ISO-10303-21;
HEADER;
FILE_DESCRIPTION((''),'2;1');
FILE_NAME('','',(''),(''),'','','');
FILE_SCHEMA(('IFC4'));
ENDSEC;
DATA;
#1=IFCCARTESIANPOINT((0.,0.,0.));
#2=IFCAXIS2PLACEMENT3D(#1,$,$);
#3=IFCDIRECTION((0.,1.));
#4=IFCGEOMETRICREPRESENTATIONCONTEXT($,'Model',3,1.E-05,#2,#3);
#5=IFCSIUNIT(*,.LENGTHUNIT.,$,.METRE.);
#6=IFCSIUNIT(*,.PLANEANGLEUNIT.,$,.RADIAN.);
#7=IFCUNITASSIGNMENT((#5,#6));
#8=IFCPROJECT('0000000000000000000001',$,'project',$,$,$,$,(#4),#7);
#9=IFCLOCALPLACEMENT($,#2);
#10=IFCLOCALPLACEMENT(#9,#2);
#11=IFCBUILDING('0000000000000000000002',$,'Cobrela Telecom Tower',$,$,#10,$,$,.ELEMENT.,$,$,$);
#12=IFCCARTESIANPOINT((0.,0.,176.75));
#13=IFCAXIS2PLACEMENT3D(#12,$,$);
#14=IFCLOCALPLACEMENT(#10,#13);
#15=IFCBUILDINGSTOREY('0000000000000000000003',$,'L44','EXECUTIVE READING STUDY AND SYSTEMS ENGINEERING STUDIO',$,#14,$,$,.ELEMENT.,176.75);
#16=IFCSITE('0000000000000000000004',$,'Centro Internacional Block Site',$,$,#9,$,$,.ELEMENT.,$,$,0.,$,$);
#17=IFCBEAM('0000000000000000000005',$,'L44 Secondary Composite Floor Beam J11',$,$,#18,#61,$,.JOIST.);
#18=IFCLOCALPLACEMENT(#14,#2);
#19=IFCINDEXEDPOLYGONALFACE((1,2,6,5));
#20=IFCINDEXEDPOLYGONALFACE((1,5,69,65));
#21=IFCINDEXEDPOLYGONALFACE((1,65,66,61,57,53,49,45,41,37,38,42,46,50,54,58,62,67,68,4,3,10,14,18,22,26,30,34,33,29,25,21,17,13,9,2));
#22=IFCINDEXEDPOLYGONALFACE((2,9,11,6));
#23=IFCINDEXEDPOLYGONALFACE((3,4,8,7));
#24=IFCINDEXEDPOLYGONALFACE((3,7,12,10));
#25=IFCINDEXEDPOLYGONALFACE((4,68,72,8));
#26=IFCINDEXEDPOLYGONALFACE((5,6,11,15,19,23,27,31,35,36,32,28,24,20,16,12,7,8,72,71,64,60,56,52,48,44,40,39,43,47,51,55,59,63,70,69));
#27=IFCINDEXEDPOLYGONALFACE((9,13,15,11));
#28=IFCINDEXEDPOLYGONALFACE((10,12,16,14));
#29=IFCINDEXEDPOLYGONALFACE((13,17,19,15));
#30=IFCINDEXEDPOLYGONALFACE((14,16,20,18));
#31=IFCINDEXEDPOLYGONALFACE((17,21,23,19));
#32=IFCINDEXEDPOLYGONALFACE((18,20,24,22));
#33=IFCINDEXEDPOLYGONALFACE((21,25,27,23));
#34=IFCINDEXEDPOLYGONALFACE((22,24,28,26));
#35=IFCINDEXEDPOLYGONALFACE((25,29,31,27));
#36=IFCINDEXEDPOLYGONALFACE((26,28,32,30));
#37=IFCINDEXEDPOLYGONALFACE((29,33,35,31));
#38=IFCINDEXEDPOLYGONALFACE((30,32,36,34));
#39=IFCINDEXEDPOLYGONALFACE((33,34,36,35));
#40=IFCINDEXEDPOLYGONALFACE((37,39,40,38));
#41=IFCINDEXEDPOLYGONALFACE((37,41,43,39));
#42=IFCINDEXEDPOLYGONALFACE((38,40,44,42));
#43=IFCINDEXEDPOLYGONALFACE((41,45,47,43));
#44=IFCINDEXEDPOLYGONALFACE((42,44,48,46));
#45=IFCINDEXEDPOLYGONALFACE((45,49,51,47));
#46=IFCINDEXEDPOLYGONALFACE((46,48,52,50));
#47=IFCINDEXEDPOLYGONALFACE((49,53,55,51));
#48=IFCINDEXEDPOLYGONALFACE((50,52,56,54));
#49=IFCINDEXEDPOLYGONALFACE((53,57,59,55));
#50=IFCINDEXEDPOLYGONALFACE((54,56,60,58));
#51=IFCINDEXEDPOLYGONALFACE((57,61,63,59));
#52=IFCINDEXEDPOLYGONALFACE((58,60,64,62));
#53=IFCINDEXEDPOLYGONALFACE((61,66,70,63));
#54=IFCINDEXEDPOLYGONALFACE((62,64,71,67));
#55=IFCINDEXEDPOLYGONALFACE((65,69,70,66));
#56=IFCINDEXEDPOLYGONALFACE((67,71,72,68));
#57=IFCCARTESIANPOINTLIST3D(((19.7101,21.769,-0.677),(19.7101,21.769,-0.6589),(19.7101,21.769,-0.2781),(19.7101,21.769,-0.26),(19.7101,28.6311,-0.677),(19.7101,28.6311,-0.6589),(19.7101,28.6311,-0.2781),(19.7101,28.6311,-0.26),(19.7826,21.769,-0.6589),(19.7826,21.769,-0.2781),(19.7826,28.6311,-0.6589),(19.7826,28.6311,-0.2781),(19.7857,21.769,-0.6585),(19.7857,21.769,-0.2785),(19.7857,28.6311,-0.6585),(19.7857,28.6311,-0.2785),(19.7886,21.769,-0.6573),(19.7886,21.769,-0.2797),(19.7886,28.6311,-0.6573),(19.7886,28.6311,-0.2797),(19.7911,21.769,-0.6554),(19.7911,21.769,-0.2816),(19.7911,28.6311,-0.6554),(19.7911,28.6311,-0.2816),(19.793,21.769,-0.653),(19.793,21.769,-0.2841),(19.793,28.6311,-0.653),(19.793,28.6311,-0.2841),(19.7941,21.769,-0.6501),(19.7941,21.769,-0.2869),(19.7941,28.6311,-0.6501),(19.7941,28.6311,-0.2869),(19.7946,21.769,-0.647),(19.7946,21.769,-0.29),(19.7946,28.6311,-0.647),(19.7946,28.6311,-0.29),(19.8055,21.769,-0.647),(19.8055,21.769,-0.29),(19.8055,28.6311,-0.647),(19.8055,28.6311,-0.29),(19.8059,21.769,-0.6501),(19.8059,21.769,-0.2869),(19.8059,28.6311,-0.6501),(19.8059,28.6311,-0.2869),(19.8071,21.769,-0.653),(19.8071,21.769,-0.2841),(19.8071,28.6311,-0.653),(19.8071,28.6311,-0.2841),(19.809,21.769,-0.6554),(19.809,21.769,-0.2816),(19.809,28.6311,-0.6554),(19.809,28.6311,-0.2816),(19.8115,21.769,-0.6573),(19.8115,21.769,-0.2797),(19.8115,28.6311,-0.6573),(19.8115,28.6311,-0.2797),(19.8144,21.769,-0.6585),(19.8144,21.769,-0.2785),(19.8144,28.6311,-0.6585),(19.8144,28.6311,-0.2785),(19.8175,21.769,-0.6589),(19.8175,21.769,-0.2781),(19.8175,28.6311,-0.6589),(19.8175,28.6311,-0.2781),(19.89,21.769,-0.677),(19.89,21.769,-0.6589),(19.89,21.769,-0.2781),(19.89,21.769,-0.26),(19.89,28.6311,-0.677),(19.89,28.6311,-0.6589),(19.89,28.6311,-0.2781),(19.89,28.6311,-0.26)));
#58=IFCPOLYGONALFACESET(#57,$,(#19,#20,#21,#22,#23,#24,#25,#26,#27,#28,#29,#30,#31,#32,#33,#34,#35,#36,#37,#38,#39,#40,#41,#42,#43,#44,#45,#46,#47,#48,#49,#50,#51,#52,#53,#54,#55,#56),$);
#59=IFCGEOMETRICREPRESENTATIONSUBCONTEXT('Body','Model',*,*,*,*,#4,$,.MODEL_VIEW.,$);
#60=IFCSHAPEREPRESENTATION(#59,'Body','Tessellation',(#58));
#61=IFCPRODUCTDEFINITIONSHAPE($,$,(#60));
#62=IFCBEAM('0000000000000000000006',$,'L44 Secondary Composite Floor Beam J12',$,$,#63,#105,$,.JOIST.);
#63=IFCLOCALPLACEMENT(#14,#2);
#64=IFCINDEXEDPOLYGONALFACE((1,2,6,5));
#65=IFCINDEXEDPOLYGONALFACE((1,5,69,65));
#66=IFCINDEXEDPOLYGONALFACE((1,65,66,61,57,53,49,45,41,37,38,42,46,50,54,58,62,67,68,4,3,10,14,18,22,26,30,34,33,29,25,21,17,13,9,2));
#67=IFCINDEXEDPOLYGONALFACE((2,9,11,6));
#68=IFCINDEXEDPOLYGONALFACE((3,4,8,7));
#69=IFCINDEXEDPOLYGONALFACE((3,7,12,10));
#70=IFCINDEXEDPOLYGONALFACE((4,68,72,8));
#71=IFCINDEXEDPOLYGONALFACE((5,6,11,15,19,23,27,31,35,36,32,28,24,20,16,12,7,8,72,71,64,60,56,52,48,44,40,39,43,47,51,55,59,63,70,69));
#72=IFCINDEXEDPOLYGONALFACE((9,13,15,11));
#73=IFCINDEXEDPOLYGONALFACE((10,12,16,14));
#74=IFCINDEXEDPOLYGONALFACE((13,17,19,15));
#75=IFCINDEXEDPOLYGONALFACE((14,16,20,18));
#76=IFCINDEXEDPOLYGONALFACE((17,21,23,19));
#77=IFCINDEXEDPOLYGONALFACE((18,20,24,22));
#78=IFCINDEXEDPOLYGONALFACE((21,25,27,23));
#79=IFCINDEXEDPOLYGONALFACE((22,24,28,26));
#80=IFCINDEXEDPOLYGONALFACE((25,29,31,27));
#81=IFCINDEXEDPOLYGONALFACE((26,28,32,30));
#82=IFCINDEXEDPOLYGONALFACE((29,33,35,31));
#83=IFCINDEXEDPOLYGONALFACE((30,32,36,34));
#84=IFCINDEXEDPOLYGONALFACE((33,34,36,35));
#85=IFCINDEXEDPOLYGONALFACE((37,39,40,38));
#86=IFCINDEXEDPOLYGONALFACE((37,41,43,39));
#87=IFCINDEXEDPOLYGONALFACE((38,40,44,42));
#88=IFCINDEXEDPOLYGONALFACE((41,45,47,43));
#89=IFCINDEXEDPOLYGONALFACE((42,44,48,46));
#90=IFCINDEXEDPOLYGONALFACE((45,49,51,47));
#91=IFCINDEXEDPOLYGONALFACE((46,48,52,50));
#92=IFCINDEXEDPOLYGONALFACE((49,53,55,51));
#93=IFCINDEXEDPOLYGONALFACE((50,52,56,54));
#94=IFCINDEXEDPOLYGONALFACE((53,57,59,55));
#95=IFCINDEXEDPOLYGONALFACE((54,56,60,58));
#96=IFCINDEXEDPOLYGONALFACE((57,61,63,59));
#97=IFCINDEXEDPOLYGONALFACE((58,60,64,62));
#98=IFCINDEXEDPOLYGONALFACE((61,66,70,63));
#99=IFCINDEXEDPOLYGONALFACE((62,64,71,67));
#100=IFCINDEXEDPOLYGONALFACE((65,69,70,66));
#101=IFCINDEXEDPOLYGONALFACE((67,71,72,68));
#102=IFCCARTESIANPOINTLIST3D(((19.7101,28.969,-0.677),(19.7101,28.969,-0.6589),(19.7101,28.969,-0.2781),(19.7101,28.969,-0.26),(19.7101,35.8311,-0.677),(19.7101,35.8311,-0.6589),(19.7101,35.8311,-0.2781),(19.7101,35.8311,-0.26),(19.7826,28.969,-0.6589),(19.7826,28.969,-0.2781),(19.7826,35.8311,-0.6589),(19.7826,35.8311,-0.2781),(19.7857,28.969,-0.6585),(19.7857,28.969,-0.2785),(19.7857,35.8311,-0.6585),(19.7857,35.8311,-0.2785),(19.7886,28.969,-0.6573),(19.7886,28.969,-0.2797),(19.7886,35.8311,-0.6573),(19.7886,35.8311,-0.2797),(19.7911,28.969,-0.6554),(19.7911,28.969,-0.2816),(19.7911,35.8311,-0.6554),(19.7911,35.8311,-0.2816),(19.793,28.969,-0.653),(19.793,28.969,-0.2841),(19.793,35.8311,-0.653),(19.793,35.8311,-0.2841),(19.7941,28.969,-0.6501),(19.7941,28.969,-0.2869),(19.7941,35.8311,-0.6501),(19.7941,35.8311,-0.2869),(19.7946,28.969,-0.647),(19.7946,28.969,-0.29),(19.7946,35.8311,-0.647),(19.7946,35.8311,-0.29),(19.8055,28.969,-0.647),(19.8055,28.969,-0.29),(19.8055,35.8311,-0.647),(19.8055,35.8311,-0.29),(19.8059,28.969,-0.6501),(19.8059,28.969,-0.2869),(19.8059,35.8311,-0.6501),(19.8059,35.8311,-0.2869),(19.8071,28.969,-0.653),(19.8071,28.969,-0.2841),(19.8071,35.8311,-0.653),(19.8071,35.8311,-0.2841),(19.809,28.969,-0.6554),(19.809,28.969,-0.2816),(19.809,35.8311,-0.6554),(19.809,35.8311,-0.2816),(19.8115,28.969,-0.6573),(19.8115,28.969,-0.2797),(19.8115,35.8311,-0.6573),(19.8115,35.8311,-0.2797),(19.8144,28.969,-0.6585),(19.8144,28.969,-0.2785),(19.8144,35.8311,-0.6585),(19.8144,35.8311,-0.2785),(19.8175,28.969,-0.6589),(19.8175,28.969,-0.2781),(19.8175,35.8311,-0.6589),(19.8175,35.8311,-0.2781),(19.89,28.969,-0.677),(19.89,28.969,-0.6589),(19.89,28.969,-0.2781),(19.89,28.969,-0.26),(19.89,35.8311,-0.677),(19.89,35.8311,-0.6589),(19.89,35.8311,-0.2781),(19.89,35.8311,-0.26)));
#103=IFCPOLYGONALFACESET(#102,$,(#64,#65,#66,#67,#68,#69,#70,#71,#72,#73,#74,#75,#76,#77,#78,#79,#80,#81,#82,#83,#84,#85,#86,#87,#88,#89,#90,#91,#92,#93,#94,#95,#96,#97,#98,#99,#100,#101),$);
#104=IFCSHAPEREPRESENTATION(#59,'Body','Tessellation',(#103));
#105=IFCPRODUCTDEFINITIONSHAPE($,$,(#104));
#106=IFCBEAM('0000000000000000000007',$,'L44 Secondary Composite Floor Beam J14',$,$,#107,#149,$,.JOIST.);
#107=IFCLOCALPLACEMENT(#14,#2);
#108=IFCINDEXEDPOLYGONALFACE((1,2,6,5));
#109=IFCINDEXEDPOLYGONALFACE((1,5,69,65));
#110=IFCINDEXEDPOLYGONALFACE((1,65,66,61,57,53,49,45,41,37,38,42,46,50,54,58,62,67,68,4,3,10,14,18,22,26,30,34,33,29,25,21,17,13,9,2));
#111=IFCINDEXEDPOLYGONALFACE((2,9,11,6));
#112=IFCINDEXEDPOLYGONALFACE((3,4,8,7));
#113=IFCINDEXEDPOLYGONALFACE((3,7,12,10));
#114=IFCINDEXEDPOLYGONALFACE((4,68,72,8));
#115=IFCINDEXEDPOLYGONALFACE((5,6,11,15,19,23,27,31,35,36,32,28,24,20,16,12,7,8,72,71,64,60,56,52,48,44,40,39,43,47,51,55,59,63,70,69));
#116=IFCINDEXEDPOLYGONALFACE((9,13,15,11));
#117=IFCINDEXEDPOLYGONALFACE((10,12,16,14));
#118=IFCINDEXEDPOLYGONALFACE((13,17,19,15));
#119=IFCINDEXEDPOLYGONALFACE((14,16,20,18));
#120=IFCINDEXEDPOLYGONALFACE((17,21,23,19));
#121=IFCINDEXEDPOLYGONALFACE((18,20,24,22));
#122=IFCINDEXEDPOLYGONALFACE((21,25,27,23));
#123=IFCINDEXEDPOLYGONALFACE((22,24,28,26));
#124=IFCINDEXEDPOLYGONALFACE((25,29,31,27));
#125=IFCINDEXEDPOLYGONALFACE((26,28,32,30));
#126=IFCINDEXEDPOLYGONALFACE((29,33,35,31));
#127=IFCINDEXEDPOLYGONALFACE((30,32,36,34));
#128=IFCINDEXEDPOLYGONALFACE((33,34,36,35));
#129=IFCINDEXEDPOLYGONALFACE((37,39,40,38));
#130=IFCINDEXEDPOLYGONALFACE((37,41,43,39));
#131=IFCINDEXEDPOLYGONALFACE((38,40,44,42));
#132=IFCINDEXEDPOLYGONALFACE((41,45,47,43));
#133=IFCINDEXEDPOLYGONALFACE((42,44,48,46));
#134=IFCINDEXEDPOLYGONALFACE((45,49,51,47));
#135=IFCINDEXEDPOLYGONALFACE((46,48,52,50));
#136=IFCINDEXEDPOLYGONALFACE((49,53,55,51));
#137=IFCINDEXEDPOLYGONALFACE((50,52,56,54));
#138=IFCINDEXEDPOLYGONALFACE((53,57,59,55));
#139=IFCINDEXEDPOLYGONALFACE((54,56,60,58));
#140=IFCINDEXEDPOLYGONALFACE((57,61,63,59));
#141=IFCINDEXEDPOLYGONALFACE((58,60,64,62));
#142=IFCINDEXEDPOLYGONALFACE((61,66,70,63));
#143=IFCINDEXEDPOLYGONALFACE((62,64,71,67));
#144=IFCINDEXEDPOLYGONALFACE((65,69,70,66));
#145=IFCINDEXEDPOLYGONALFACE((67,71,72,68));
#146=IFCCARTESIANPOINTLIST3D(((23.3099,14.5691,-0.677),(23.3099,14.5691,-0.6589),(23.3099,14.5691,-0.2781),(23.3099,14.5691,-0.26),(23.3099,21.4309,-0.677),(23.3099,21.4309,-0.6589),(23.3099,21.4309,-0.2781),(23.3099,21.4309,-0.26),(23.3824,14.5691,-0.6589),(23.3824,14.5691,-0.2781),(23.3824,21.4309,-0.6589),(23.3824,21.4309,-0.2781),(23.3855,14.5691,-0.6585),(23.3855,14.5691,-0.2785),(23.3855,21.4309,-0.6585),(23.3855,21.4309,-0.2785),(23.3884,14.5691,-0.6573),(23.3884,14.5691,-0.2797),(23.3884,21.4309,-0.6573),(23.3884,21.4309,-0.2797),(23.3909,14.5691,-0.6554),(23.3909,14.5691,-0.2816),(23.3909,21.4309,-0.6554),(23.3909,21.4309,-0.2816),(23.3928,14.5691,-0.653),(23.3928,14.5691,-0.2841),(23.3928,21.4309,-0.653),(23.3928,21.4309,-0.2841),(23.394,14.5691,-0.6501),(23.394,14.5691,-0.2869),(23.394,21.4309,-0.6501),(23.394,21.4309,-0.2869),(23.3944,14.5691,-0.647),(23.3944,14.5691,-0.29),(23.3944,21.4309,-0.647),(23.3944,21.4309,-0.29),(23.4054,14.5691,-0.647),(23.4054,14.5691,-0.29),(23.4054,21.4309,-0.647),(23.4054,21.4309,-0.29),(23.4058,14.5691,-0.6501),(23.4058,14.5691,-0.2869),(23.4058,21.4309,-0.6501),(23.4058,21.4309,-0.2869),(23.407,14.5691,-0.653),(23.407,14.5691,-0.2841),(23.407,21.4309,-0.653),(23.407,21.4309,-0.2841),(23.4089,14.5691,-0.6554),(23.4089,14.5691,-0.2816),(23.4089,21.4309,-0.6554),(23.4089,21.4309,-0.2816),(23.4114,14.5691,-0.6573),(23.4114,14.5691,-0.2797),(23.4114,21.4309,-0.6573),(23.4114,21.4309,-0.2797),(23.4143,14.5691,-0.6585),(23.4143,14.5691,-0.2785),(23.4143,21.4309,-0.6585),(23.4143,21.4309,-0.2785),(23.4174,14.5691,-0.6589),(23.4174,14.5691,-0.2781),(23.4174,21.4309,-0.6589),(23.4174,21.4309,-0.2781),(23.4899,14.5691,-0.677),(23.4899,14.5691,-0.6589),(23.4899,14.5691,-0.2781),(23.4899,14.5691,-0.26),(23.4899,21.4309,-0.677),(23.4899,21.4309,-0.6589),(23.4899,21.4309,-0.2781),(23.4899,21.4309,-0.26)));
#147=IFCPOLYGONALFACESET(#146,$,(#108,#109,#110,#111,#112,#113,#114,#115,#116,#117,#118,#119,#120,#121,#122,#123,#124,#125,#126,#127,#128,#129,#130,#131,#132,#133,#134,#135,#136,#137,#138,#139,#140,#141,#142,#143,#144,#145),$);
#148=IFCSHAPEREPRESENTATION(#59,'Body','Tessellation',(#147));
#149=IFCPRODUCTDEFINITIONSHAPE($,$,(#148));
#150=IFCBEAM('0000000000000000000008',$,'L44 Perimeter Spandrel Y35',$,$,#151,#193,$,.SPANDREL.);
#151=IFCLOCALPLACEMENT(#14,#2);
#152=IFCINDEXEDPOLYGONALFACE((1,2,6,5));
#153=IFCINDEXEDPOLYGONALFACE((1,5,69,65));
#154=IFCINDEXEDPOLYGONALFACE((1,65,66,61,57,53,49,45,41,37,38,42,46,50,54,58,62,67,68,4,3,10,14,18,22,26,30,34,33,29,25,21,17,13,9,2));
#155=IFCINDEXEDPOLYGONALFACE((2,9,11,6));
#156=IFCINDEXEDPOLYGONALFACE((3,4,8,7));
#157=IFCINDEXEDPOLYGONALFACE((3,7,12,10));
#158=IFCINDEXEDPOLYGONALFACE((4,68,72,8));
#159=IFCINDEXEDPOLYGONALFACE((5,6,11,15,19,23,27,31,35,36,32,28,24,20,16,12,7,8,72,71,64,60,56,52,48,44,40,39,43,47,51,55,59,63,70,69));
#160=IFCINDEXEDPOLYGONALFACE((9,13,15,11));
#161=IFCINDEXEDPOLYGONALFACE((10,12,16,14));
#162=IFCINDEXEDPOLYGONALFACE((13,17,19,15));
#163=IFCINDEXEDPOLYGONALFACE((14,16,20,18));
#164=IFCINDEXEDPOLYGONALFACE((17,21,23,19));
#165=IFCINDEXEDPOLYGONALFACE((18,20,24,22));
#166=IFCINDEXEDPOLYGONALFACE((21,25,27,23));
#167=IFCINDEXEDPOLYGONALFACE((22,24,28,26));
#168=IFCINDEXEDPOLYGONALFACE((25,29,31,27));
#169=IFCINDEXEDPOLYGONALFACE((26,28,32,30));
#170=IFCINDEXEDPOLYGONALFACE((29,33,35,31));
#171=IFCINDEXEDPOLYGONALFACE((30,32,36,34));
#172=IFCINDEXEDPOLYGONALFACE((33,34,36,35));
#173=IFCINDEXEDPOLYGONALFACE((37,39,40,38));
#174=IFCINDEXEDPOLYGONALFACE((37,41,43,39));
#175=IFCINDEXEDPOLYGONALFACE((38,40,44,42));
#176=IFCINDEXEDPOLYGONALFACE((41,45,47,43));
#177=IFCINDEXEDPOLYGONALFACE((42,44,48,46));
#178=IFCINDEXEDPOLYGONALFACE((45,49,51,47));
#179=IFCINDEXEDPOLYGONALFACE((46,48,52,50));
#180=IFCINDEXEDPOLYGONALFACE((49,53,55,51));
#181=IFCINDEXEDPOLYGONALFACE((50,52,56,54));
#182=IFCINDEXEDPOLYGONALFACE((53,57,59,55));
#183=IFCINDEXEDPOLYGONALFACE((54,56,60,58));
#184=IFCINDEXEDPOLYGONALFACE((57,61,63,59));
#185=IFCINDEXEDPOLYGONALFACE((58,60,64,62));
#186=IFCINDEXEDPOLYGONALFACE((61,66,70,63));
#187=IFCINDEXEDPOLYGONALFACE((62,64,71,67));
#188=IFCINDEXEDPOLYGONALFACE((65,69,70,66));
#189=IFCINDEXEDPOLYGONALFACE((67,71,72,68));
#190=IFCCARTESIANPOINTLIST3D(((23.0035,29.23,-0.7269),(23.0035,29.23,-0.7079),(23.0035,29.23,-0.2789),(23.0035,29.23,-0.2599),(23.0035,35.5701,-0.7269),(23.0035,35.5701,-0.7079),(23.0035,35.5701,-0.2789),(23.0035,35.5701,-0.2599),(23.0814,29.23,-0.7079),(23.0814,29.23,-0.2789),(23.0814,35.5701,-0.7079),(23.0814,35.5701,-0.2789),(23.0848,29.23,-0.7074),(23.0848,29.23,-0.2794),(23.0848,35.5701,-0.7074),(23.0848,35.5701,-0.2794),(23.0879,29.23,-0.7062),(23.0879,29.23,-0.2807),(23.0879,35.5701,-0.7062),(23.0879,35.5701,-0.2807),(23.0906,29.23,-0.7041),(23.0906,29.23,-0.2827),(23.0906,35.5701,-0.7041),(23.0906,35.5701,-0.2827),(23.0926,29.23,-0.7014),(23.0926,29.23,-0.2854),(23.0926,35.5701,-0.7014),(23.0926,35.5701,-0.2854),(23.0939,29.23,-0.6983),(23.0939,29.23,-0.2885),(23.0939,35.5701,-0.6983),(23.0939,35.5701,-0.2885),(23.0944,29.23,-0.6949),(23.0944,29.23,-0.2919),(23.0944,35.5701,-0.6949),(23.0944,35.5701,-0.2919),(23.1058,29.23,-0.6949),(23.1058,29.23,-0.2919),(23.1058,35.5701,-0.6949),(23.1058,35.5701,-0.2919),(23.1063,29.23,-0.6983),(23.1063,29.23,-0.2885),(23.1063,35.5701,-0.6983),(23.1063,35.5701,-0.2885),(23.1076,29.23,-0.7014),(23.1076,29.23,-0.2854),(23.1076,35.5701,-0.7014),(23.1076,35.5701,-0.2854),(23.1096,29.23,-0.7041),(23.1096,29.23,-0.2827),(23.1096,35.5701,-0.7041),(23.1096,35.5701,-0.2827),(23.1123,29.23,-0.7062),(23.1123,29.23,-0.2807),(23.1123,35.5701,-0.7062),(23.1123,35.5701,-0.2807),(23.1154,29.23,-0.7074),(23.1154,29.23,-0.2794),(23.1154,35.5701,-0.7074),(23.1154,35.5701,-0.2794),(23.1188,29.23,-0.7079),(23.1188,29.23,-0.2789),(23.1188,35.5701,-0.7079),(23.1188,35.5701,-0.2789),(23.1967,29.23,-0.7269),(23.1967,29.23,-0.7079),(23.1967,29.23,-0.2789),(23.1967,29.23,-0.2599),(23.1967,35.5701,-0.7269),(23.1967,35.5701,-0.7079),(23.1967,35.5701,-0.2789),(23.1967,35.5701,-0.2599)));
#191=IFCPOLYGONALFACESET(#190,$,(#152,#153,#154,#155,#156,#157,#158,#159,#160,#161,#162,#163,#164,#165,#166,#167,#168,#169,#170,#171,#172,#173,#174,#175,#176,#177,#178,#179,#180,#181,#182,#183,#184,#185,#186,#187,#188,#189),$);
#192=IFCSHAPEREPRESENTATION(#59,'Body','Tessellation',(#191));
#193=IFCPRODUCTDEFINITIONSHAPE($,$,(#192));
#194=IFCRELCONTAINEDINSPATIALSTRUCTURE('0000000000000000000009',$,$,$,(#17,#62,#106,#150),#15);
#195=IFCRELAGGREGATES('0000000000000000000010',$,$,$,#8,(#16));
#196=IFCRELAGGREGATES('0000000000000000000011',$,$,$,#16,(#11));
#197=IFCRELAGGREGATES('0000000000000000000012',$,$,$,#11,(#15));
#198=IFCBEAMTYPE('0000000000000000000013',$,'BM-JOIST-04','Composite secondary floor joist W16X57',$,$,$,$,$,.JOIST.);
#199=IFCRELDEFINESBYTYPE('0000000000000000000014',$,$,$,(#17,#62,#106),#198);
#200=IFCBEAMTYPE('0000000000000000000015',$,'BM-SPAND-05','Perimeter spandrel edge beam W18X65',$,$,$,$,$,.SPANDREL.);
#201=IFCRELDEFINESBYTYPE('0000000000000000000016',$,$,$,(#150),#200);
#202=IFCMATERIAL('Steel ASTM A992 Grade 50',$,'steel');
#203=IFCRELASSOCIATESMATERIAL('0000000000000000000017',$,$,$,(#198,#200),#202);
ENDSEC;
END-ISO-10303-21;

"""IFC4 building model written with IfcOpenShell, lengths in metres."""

from ifc_helpers import new_model, si_unit, direction, frame, origin, origin_2d, place, context, subcontext, project, spatial, i_section, extrude, material, material_profile, profile_set, type_object, element, save


model = new_model("IFC4")

# Units and contexts
model_context = context("Model", 3, precision=1e-05, world=origin(), true_north=direction((0.0, 1.0)))
body_context = subcontext(model_context, "Body", "Model", "MODEL_VIEW")
ifc_project = project(units=[si_unit("LENGTHUNIT", "METRE"), si_unit("PLANEANGLEUNIT", "RADIAN")], contexts=[model_context])

# Site, building, storey
site_placement = place(None, origin())
site = spatial("IfcSite", under=ifc_project, at=site_placement, Name="Centro Internacional Block Site", CompositionType="ELEMENT", RefElevation=0.0)
building_placement = place(site_placement, origin())
building = spatial("IfcBuilding", under=site, at=building_placement, Name="Cobrela Telecom Tower", CompositionType="ELEMENT")
storey_placement = place(building_placement, frame((0.0, 0.0, 176.75)))
storey = spatial("IfcBuildingStorey", under=building, at=storey_placement, Name="L44", Description="EXECUTIVE READING STUDY AND SYSTEMS ENGINEERING STUDIO", CompositionType="ELEMENT", Elevation=176.75)

# Shared definitions
ifc_material_1 = material(Name="Steel ASTM A992 Grade 50", Category="steel")

# Beams
ifc_material_profile_1 = material_profile(ifc_material_1, i_section(OverallWidth=0.1799, OverallDepth=0.417, WebThickness=0.011, FlangeThickness=0.0181, FilletRadius=0.012, at=origin_2d()), Name="W16X57")
ifc_profile_set_1 = profile_set([ifc_material_profile_1], Name="Steel ASTM A992 Grade 50")
beam_type_1 = type_object("IfcBeamType", Name="BM-JOIST-04", Description="Composite secondary floor joist W16X57", PredefinedType="JOIST", material=ifc_profile_set_1)
for number, where, z_axis, x_axis, name in (
    (1, (19.8, 21.769, -0.4685), (0.0, 1.0, 0.0), (-1.0, 0.0, 0.0), "L44 Secondary Composite Floor Beam J11"),
    (2, (19.8, 28.969, -0.4685), (0.0, 1.0, 0.0), (-1.0, 0.0, 0.0), "L44 Secondary Composite Floor Beam J12"),
):
    element("IfcBeam", number, at=place(storey_placement, frame(where, z_axis=z_axis, x_axis=x_axis)), inside=storey, type_object=beam_type_1, Name=name, PredefinedType="JOIST", context=body_context, shape_type="SweptSolid", body=[
        extrude(i_section(OverallWidth=0.1799, OverallDepth=0.417, WebThickness=0.011, FlangeThickness=0.0181, FilletRadius=0.012, at=origin_2d()), origin(), (0.0, 0.0, 1.0), 6.8621),
    ])
beam_1_placement = place(storey_placement, frame((23.3999, 14.5691, -0.4685), z_axis=(0.0, 1.0, 0.0), x_axis=(-1.0, 0.0, 0.0)))
element("IfcBeam", 3, at=beam_1_placement, inside=storey, type_object=beam_type_1, Name="L44 Secondary Composite Floor Beam J14", PredefinedType="JOIST", context=body_context, shape_type="SweptSolid", body=[
    extrude(i_section(OverallWidth=0.1799, OverallDepth=0.417, WebThickness=0.011, FlangeThickness=0.0181, FilletRadius=0.012, at=origin_2d()), origin(), (0.0, 0.0, 1.0), 6.8618),
])
ifc_material_profile_2 = material_profile(ifc_material_1, i_section(OverallWidth=0.1931, OverallDepth=0.467, WebThickness=0.0115, FlangeThickness=0.019, FilletRadius=0.0129, at=origin_2d()), Name="W18X65")
ifc_profile_set_2 = profile_set([ifc_material_profile_2], Name="Steel ASTM A992 Grade 50")
beam_type_2 = type_object("IfcBeamType", Name="BM-SPAND-05", Description="Perimeter spandrel edge beam W18X65", PredefinedType="SPANDREL", material=ifc_profile_set_2)
beam_2_placement = place(storey_placement, frame((23.1001, 29.23, -0.4934), z_axis=(0.0, 1.0, 0.0), x_axis=(-1.0, 0.0, 0.0)))
element("IfcBeam", 4, at=beam_2_placement, inside=storey, type_object=beam_type_2, Name="L44 Perimeter Spandrel Y35", PredefinedType="SPANDREL", context=body_context, shape_type="SweptSolid", body=[
    extrude(i_section(OverallWidth=0.1931, OverallDepth=0.467, WebThickness=0.0115, FlangeThickness=0.019, FilletRadius=0.0129, at=origin_2d()), origin(), (0.0, 0.0, 1.0), 6.3401),
])

save(model, "model.ifc")
